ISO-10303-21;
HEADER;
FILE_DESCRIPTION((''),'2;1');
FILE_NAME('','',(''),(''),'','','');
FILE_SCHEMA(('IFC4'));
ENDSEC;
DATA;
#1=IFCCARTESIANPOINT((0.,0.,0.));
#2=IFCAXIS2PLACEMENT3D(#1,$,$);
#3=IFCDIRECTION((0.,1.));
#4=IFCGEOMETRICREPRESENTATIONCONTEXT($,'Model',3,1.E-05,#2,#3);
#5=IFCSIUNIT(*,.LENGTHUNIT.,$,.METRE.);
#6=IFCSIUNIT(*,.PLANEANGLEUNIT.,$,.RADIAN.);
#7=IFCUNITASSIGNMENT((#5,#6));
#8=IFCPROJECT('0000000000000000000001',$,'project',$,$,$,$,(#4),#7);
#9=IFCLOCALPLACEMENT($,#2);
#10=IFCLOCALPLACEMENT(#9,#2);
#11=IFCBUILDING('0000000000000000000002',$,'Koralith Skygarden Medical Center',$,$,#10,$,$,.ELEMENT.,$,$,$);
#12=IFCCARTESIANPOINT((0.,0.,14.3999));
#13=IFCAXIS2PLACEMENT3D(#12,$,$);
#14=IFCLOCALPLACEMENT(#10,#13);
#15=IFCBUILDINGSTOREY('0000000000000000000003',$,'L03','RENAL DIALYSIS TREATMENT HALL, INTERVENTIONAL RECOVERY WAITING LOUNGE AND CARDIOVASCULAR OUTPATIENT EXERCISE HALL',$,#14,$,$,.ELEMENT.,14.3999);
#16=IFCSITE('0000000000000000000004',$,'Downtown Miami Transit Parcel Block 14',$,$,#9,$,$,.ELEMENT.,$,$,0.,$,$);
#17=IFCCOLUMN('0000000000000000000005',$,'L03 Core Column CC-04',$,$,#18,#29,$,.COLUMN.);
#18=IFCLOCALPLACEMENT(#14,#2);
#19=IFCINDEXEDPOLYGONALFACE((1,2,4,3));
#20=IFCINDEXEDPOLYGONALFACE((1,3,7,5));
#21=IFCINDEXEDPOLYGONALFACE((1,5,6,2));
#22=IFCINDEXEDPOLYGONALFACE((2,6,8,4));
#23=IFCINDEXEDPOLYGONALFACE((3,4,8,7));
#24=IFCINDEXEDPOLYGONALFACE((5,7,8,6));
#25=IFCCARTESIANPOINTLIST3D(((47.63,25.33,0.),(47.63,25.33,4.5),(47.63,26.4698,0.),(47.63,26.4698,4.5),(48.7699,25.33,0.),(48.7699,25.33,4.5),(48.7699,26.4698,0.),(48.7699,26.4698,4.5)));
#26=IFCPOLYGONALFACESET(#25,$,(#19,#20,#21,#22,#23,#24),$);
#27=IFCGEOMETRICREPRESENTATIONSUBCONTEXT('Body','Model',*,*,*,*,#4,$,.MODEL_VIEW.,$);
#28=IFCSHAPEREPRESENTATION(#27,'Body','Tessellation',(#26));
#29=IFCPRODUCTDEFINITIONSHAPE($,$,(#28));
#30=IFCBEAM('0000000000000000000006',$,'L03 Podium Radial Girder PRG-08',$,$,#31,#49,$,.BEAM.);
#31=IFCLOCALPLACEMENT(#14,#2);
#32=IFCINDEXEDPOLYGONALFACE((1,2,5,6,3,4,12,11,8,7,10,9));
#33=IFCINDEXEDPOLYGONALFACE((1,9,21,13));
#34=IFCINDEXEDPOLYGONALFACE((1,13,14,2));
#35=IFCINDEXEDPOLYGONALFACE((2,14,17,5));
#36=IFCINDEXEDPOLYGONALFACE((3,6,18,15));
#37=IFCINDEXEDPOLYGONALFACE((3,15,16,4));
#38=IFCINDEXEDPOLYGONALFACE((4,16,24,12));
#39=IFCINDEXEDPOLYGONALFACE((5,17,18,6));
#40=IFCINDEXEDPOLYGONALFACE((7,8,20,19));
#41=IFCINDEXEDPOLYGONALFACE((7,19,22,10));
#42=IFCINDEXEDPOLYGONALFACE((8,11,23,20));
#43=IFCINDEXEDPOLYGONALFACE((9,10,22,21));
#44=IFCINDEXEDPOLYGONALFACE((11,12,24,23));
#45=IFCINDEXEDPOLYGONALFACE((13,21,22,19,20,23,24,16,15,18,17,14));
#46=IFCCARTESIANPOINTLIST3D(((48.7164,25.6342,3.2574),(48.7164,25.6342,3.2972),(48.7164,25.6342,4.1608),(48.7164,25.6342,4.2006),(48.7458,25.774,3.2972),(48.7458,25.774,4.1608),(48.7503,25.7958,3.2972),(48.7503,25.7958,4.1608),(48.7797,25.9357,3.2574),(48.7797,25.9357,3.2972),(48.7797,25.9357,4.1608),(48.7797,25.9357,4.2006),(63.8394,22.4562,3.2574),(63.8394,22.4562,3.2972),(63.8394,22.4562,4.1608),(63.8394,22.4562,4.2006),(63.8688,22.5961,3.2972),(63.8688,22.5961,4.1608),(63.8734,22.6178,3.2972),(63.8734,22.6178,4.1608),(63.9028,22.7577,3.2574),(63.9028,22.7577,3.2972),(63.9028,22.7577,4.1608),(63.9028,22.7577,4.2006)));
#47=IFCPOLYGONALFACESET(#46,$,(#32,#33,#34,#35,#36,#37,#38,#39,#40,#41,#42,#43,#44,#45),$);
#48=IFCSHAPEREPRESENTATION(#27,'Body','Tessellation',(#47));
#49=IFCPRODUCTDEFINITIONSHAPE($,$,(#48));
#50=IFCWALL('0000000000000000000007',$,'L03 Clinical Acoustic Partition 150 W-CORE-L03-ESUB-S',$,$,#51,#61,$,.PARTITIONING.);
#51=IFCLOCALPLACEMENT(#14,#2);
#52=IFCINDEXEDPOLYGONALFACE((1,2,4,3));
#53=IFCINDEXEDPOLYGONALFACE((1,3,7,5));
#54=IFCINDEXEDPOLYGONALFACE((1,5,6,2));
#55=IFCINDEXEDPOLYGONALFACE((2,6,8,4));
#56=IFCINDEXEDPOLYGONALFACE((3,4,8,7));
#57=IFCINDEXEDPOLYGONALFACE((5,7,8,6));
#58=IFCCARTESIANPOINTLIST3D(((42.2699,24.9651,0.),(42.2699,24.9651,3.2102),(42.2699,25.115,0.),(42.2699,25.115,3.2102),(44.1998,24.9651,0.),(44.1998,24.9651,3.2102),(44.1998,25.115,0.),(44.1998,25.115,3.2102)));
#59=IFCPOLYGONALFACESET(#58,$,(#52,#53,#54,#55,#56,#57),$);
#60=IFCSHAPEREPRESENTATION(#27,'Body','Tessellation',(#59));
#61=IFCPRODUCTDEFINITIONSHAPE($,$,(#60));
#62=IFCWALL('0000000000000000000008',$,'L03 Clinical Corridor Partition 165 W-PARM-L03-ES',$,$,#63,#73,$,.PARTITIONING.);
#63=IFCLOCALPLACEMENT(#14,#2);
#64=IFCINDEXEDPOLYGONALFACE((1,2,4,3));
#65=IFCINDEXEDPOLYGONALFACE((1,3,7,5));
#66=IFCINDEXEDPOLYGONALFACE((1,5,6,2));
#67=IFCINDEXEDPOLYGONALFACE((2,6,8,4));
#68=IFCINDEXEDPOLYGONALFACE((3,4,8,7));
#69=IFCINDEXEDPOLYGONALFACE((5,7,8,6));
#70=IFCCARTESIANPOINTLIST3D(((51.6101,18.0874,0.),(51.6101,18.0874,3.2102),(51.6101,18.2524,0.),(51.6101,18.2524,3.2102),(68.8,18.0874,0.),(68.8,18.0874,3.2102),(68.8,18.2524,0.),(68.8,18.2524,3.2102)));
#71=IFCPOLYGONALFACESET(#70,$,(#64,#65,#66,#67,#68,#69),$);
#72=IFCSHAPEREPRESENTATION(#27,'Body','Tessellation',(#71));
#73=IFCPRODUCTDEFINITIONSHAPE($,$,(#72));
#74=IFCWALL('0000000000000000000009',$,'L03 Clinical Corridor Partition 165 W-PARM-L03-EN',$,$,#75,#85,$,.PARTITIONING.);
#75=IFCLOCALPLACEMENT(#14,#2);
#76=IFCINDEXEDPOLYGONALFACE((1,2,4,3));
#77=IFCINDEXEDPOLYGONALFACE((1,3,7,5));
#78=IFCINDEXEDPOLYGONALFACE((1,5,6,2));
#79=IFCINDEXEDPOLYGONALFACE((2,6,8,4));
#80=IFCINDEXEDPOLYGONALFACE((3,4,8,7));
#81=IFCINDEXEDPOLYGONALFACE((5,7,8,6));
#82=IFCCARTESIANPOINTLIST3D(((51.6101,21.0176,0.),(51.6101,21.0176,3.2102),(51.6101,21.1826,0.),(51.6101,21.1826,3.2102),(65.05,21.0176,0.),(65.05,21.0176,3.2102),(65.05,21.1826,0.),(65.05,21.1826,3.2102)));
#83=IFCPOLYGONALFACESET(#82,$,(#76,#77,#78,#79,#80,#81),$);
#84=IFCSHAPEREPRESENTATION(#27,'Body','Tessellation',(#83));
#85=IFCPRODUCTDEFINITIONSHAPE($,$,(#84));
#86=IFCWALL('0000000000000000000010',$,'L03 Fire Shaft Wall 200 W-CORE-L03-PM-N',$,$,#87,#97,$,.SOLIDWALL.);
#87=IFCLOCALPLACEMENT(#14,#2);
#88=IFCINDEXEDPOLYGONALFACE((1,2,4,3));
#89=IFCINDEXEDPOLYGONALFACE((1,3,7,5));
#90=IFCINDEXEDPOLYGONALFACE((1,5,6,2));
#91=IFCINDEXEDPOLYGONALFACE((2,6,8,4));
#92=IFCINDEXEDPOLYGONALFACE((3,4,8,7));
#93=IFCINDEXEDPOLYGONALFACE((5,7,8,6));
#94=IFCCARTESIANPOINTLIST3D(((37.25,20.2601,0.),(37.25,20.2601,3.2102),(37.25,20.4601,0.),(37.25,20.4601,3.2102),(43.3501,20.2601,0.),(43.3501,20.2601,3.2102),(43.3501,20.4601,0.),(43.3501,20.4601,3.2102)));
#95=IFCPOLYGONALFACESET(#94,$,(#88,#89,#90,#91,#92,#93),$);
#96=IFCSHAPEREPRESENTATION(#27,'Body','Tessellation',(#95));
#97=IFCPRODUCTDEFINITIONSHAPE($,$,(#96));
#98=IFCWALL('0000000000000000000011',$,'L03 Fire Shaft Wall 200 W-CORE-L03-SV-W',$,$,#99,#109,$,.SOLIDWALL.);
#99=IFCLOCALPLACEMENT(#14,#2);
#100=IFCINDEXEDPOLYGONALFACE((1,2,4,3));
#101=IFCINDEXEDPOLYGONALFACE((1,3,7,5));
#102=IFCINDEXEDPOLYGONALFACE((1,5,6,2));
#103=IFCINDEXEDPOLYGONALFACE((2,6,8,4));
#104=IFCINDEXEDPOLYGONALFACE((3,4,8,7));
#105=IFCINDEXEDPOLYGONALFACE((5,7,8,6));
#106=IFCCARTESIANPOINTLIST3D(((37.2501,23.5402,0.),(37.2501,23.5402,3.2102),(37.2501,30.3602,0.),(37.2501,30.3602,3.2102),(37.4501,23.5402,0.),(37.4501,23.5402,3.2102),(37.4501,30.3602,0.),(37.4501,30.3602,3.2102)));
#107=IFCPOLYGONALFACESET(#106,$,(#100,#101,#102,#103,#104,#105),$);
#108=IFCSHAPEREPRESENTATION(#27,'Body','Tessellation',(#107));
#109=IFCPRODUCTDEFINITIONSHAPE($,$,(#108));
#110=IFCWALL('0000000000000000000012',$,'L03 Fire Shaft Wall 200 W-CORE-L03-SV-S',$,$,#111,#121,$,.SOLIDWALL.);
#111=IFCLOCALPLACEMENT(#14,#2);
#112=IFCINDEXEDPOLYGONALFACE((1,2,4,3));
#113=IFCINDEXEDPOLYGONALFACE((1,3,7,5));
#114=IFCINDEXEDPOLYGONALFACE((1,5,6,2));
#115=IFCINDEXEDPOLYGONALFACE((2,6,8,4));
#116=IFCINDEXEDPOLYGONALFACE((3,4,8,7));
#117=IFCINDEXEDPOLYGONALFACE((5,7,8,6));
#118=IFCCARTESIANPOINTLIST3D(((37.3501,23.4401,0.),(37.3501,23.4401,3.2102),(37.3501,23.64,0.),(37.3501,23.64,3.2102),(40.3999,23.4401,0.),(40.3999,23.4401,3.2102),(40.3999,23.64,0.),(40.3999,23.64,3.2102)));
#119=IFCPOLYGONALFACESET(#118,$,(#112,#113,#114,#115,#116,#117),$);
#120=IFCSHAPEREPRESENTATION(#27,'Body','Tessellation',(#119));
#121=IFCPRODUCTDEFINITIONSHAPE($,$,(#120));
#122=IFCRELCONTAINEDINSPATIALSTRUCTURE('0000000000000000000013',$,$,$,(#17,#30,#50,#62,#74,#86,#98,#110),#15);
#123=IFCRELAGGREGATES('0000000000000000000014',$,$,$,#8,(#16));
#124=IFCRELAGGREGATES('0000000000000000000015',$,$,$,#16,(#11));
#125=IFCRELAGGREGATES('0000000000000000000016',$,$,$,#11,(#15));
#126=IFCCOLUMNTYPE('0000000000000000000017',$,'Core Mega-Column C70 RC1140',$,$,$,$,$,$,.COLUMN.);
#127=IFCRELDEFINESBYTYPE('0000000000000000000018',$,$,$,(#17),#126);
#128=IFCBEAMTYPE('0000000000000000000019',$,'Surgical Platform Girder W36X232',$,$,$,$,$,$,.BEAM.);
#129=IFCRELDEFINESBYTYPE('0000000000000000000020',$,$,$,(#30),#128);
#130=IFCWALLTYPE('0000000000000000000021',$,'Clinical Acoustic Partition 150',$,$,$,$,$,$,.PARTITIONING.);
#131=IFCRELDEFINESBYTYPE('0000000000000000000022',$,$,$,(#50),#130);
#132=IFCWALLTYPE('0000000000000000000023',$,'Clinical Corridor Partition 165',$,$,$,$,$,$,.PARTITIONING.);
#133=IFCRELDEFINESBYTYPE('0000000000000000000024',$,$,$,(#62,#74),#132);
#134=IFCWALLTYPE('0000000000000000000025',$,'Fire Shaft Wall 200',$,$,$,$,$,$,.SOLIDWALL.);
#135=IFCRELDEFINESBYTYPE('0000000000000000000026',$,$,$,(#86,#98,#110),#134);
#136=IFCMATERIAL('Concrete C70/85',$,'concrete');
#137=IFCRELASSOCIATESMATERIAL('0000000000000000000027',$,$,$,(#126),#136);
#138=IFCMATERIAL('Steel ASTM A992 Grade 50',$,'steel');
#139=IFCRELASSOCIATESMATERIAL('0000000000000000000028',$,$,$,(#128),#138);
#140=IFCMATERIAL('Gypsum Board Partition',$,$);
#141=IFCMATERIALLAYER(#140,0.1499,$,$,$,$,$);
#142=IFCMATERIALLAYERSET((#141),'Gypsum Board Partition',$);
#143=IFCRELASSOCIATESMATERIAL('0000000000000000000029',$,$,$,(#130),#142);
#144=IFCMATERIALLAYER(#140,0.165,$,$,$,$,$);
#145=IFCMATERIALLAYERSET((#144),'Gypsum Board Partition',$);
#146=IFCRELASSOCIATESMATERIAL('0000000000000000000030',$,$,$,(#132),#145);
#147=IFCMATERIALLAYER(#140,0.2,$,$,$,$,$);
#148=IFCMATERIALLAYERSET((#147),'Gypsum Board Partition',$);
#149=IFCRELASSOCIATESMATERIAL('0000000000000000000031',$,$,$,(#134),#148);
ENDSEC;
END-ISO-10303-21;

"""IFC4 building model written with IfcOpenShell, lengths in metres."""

from ifc_helpers import new_model, si_unit, direction, frame, frame_2d, origin, origin_2d, place, context, subcontext, project, spatial, rectangle, i_section, extrude, material, layer, layer_set, material_profile, profile_set, type_object, element, save


model = new_model("IFC4")

# Units and contexts
model_context = context("Model", 3, precision=1e-05, world=origin(), true_north=direction((0.0, 1.0)))
body_context = subcontext(model_context, "Body", "Model", "MODEL_VIEW")
ifc_project = project(units=[si_unit("LENGTHUNIT", "METRE"), si_unit("PLANEANGLEUNIT", "RADIAN")], contexts=[model_context])

# Site, building, storey
site_placement = place(None, origin())
site = spatial("IfcSite", under=ifc_project, at=site_placement, Name="Downtown Miami Transit Parcel Block 14", CompositionType="ELEMENT", RefElevation=0.0)
building_placement = place(site_placement, origin())
building = spatial("IfcBuilding", under=site, at=building_placement, Name="Koralith Skygarden Medical Center", CompositionType="ELEMENT")
storey_placement = place(building_placement, frame((0.0, 0.0, 14.3999)))
storey = spatial("IfcBuildingStorey", under=building, at=storey_placement, Name="L03", Description="RENAL DIALYSIS TREATMENT HALL, INTERVENTIONAL RECOVERY WAITING LOUNGE AND CARDIOVASCULAR OUTPATIENT EXERCISE HALL", CompositionType="ELEMENT", Elevation=14.3999)

# Column
ifc_material_1 = material(Name="Concrete C70/85", Category="concrete")
ifc_material_profile_1 = material_profile(ifc_material_1, rectangle(XDim=1.1399, YDim=1.1399, at=origin_2d()), Name="RC1140X1140")
ifc_profile_set_1 = profile_set([ifc_material_profile_1], Name="Concrete C70/85")
column_type = type_object("IfcColumnType", Name="Core Mega-Column C70 RC1140", PredefinedType="COLUMN", material=ifc_profile_set_1)
column_placement = place(storey_placement, frame((48.2, 25.8999, 0.0), z_axis=(0.0, 0.0, 1.0), x_axis=(1.0, 0.0, 0.0)))
element("IfcColumn", 1, at=column_placement, inside=storey, type_object=column_type, Name="L03 Core Column CC-04", PredefinedType="COLUMN", context=body_context, shape_type="SweptSolid", body=[
    extrude(rectangle(XDim=1.1399, YDim=1.1399, at=origin_2d()), origin(), (0.0, 0.0, 1.0), 4.5),
])

# Beam
ifc_material_2 = material(Name="Steel ASTM A992 Grade 50", Category="steel")
ifc_material_profile_2 = material_profile(ifc_material_2, i_section(OverallWidth=0.3081, OverallDepth=0.9431, WebThickness=0.0222, FlangeThickness=0.0398, at=origin_2d()), Name="W36X232")
ifc_profile_set_2 = profile_set([ifc_material_profile_2], Name="Steel ASTM A992 Grade 50")
beam_type = type_object("IfcBeamType", Name="Surgical Platform Girder W36X232", PredefinedType="BEAM", material=ifc_profile_set_2)
beam_placement = place(storey_placement, frame((48.748, 25.7849, 3.729), z_axis=(0.978626, -0.20565, 0.0), x_axis=(0.20565, 0.978626, 0.0)))
element("IfcBeam", 2, at=beam_placement, inside=storey, type_object=beam_type, Name="L03 Podium Radial Girder PRG-08", PredefinedType="BEAM", context=body_context, shape_type="SweptSolid", body=[
    extrude(i_section(OverallWidth=0.3081, OverallDepth=0.9431, WebThickness=0.0222, FlangeThickness=0.0398, at=origin_2d()), origin(), (0.0, 0.0, 1.0), 15.4534),
])

# Shared definitions
ifc_material_3 = material(Name="Gypsum Board Partition")
ifc_layer_1 = layer(ifc_material_3, 0.1499)
ifc_layer_set_1 = layer_set([ifc_layer_1], Name="Gypsum Board Partition")
wall_type_1 = type_object("IfcWallType", Name="Clinical Acoustic Partition 150", PredefinedType="PARTITIONING", material=ifc_layer_set_1)

# Walls
wall_1_placement = place(storey_placement, frame((42.27, 25.04, 0.0), z_axis=(0.0, 0.0, 1.0), x_axis=(1.0, 0.0, 0.0)))
element("IfcWall", 3, at=wall_1_placement, inside=storey, type_object=wall_type_1, Name="L03 Clinical Acoustic Partition 150 W-CORE-L03-ESUB-S", PredefinedType="PARTITIONING", context=body_context, shape_type="SweptSolid", body=[
    extrude(rectangle(XDim=1.9299, YDim=0.1499, at=frame_2d((0.9648, 0.0))), origin(), (0.0, 0.0, 1.0), 3.2102),
])
ifc_layer_2 = layer(ifc_material_3, 0.165)
ifc_layer_set_2 = layer_set([ifc_layer_2], Name="Gypsum Board Partition")
wall_type_2 = type_object("IfcWallType", Name="Clinical Corridor Partition 165", PredefinedType="PARTITIONING", material=ifc_layer_set_2)
wall_2_placement = place(storey_placement, frame((51.6101, 18.1699, 0.0), z_axis=(0.0, 0.0, 1.0), x_axis=(1.0, 0.0, 0.0)))
element("IfcWall", 4, at=wall_2_placement, inside=storey, type_object=wall_type_2, Name="L03 Clinical Corridor Partition 165 W-PARM-L03-ES", PredefinedType="PARTITIONING", context=body_context, shape_type="SweptSolid", body=[
    extrude(rectangle(XDim=17.1899, YDim=0.165, at=frame_2d((8.595, 0.0))), origin(), (0.0, 0.0, 1.0), 3.2102),
])
wall_3_placement = place(storey_placement, frame((51.6101, 21.1001, 0.0), z_axis=(0.0, 0.0, 1.0), x_axis=(1.0, 0.0, 0.0)))
element("IfcWall", 5, at=wall_3_placement, inside=storey, type_object=wall_type_2, Name="L03 Clinical Corridor Partition 165 W-PARM-L03-EN", PredefinedType="PARTITIONING", context=body_context, shape_type="SweptSolid", body=[
    extrude(rectangle(XDim=13.4399, YDim=0.165, at=frame_2d((6.72, 0.0))), origin(), (0.0, 0.0, 1.0), 3.2102),
])

# Shared definitions
ifc_layer_3 = layer(ifc_material_3, 0.2)
ifc_layer_set_3 = layer_set([ifc_layer_3], Name="Gypsum Board Partition")
wall_type_3 = type_object("IfcWallType", Name="Fire Shaft Wall 200", PredefinedType="SOLIDWALL", material=ifc_layer_set_3)

# Walls
wall_4_placement = place(storey_placement, frame((37.25, 20.3601, 0.0), z_axis=(0.0, 0.0, 1.0), x_axis=(1.0, 0.0, 0.0)))
element("IfcWall", 6, at=wall_4_placement, inside=storey, type_object=wall_type_3, Name="L03 Fire Shaft Wall 200 W-CORE-L03-PM-N", PredefinedType="SOLIDWALL", context=body_context, shape_type="SweptSolid", body=[
    extrude(rectangle(XDim=6.1001, YDim=0.2, at=frame_2d((3.05, 0.0))), origin(), (0.0, 0.0, 1.0), 3.2102),
])
wall_5_placement = place(storey_placement, frame((37.3501, 23.54, 0.0), z_axis=(0.0, 0.0, 1.0), x_axis=(0.0, 1.0, 0.0)))
element("IfcWall", 7, at=wall_5_placement, inside=storey, type_object=wall_type_3, Name="L03 Fire Shaft Wall 200 W-CORE-L03-SV-W", PredefinedType="SOLIDWALL", context=body_context, shape_type="SweptSolid", body=[
    extrude(rectangle(XDim=6.8201, YDim=0.2, at=frame_2d((3.4102, 0.0))), origin(), (0.0, 0.0, 1.0), 3.2102),
])
wall_6_placement = place(storey_placement, frame((37.3501, 23.54, 0.0), z_axis=(0.0, 0.0, 1.0), x_axis=(1.0, 0.0, 0.0)))
element("IfcWall", 8, at=wall_6_placement, inside=storey, type_object=wall_type_3, Name="L03 Fire Shaft Wall 200 W-CORE-L03-SV-S", PredefinedType="SOLIDWALL", context=body_context, shape_type="SweptSolid", body=[
    extrude(rectangle(XDim=3.0498, YDim=0.2, at=frame_2d((1.5249, 0.0))), origin(), (0.0, 0.0, 1.0), 3.2102),
])

save(model, "model.ifc")
